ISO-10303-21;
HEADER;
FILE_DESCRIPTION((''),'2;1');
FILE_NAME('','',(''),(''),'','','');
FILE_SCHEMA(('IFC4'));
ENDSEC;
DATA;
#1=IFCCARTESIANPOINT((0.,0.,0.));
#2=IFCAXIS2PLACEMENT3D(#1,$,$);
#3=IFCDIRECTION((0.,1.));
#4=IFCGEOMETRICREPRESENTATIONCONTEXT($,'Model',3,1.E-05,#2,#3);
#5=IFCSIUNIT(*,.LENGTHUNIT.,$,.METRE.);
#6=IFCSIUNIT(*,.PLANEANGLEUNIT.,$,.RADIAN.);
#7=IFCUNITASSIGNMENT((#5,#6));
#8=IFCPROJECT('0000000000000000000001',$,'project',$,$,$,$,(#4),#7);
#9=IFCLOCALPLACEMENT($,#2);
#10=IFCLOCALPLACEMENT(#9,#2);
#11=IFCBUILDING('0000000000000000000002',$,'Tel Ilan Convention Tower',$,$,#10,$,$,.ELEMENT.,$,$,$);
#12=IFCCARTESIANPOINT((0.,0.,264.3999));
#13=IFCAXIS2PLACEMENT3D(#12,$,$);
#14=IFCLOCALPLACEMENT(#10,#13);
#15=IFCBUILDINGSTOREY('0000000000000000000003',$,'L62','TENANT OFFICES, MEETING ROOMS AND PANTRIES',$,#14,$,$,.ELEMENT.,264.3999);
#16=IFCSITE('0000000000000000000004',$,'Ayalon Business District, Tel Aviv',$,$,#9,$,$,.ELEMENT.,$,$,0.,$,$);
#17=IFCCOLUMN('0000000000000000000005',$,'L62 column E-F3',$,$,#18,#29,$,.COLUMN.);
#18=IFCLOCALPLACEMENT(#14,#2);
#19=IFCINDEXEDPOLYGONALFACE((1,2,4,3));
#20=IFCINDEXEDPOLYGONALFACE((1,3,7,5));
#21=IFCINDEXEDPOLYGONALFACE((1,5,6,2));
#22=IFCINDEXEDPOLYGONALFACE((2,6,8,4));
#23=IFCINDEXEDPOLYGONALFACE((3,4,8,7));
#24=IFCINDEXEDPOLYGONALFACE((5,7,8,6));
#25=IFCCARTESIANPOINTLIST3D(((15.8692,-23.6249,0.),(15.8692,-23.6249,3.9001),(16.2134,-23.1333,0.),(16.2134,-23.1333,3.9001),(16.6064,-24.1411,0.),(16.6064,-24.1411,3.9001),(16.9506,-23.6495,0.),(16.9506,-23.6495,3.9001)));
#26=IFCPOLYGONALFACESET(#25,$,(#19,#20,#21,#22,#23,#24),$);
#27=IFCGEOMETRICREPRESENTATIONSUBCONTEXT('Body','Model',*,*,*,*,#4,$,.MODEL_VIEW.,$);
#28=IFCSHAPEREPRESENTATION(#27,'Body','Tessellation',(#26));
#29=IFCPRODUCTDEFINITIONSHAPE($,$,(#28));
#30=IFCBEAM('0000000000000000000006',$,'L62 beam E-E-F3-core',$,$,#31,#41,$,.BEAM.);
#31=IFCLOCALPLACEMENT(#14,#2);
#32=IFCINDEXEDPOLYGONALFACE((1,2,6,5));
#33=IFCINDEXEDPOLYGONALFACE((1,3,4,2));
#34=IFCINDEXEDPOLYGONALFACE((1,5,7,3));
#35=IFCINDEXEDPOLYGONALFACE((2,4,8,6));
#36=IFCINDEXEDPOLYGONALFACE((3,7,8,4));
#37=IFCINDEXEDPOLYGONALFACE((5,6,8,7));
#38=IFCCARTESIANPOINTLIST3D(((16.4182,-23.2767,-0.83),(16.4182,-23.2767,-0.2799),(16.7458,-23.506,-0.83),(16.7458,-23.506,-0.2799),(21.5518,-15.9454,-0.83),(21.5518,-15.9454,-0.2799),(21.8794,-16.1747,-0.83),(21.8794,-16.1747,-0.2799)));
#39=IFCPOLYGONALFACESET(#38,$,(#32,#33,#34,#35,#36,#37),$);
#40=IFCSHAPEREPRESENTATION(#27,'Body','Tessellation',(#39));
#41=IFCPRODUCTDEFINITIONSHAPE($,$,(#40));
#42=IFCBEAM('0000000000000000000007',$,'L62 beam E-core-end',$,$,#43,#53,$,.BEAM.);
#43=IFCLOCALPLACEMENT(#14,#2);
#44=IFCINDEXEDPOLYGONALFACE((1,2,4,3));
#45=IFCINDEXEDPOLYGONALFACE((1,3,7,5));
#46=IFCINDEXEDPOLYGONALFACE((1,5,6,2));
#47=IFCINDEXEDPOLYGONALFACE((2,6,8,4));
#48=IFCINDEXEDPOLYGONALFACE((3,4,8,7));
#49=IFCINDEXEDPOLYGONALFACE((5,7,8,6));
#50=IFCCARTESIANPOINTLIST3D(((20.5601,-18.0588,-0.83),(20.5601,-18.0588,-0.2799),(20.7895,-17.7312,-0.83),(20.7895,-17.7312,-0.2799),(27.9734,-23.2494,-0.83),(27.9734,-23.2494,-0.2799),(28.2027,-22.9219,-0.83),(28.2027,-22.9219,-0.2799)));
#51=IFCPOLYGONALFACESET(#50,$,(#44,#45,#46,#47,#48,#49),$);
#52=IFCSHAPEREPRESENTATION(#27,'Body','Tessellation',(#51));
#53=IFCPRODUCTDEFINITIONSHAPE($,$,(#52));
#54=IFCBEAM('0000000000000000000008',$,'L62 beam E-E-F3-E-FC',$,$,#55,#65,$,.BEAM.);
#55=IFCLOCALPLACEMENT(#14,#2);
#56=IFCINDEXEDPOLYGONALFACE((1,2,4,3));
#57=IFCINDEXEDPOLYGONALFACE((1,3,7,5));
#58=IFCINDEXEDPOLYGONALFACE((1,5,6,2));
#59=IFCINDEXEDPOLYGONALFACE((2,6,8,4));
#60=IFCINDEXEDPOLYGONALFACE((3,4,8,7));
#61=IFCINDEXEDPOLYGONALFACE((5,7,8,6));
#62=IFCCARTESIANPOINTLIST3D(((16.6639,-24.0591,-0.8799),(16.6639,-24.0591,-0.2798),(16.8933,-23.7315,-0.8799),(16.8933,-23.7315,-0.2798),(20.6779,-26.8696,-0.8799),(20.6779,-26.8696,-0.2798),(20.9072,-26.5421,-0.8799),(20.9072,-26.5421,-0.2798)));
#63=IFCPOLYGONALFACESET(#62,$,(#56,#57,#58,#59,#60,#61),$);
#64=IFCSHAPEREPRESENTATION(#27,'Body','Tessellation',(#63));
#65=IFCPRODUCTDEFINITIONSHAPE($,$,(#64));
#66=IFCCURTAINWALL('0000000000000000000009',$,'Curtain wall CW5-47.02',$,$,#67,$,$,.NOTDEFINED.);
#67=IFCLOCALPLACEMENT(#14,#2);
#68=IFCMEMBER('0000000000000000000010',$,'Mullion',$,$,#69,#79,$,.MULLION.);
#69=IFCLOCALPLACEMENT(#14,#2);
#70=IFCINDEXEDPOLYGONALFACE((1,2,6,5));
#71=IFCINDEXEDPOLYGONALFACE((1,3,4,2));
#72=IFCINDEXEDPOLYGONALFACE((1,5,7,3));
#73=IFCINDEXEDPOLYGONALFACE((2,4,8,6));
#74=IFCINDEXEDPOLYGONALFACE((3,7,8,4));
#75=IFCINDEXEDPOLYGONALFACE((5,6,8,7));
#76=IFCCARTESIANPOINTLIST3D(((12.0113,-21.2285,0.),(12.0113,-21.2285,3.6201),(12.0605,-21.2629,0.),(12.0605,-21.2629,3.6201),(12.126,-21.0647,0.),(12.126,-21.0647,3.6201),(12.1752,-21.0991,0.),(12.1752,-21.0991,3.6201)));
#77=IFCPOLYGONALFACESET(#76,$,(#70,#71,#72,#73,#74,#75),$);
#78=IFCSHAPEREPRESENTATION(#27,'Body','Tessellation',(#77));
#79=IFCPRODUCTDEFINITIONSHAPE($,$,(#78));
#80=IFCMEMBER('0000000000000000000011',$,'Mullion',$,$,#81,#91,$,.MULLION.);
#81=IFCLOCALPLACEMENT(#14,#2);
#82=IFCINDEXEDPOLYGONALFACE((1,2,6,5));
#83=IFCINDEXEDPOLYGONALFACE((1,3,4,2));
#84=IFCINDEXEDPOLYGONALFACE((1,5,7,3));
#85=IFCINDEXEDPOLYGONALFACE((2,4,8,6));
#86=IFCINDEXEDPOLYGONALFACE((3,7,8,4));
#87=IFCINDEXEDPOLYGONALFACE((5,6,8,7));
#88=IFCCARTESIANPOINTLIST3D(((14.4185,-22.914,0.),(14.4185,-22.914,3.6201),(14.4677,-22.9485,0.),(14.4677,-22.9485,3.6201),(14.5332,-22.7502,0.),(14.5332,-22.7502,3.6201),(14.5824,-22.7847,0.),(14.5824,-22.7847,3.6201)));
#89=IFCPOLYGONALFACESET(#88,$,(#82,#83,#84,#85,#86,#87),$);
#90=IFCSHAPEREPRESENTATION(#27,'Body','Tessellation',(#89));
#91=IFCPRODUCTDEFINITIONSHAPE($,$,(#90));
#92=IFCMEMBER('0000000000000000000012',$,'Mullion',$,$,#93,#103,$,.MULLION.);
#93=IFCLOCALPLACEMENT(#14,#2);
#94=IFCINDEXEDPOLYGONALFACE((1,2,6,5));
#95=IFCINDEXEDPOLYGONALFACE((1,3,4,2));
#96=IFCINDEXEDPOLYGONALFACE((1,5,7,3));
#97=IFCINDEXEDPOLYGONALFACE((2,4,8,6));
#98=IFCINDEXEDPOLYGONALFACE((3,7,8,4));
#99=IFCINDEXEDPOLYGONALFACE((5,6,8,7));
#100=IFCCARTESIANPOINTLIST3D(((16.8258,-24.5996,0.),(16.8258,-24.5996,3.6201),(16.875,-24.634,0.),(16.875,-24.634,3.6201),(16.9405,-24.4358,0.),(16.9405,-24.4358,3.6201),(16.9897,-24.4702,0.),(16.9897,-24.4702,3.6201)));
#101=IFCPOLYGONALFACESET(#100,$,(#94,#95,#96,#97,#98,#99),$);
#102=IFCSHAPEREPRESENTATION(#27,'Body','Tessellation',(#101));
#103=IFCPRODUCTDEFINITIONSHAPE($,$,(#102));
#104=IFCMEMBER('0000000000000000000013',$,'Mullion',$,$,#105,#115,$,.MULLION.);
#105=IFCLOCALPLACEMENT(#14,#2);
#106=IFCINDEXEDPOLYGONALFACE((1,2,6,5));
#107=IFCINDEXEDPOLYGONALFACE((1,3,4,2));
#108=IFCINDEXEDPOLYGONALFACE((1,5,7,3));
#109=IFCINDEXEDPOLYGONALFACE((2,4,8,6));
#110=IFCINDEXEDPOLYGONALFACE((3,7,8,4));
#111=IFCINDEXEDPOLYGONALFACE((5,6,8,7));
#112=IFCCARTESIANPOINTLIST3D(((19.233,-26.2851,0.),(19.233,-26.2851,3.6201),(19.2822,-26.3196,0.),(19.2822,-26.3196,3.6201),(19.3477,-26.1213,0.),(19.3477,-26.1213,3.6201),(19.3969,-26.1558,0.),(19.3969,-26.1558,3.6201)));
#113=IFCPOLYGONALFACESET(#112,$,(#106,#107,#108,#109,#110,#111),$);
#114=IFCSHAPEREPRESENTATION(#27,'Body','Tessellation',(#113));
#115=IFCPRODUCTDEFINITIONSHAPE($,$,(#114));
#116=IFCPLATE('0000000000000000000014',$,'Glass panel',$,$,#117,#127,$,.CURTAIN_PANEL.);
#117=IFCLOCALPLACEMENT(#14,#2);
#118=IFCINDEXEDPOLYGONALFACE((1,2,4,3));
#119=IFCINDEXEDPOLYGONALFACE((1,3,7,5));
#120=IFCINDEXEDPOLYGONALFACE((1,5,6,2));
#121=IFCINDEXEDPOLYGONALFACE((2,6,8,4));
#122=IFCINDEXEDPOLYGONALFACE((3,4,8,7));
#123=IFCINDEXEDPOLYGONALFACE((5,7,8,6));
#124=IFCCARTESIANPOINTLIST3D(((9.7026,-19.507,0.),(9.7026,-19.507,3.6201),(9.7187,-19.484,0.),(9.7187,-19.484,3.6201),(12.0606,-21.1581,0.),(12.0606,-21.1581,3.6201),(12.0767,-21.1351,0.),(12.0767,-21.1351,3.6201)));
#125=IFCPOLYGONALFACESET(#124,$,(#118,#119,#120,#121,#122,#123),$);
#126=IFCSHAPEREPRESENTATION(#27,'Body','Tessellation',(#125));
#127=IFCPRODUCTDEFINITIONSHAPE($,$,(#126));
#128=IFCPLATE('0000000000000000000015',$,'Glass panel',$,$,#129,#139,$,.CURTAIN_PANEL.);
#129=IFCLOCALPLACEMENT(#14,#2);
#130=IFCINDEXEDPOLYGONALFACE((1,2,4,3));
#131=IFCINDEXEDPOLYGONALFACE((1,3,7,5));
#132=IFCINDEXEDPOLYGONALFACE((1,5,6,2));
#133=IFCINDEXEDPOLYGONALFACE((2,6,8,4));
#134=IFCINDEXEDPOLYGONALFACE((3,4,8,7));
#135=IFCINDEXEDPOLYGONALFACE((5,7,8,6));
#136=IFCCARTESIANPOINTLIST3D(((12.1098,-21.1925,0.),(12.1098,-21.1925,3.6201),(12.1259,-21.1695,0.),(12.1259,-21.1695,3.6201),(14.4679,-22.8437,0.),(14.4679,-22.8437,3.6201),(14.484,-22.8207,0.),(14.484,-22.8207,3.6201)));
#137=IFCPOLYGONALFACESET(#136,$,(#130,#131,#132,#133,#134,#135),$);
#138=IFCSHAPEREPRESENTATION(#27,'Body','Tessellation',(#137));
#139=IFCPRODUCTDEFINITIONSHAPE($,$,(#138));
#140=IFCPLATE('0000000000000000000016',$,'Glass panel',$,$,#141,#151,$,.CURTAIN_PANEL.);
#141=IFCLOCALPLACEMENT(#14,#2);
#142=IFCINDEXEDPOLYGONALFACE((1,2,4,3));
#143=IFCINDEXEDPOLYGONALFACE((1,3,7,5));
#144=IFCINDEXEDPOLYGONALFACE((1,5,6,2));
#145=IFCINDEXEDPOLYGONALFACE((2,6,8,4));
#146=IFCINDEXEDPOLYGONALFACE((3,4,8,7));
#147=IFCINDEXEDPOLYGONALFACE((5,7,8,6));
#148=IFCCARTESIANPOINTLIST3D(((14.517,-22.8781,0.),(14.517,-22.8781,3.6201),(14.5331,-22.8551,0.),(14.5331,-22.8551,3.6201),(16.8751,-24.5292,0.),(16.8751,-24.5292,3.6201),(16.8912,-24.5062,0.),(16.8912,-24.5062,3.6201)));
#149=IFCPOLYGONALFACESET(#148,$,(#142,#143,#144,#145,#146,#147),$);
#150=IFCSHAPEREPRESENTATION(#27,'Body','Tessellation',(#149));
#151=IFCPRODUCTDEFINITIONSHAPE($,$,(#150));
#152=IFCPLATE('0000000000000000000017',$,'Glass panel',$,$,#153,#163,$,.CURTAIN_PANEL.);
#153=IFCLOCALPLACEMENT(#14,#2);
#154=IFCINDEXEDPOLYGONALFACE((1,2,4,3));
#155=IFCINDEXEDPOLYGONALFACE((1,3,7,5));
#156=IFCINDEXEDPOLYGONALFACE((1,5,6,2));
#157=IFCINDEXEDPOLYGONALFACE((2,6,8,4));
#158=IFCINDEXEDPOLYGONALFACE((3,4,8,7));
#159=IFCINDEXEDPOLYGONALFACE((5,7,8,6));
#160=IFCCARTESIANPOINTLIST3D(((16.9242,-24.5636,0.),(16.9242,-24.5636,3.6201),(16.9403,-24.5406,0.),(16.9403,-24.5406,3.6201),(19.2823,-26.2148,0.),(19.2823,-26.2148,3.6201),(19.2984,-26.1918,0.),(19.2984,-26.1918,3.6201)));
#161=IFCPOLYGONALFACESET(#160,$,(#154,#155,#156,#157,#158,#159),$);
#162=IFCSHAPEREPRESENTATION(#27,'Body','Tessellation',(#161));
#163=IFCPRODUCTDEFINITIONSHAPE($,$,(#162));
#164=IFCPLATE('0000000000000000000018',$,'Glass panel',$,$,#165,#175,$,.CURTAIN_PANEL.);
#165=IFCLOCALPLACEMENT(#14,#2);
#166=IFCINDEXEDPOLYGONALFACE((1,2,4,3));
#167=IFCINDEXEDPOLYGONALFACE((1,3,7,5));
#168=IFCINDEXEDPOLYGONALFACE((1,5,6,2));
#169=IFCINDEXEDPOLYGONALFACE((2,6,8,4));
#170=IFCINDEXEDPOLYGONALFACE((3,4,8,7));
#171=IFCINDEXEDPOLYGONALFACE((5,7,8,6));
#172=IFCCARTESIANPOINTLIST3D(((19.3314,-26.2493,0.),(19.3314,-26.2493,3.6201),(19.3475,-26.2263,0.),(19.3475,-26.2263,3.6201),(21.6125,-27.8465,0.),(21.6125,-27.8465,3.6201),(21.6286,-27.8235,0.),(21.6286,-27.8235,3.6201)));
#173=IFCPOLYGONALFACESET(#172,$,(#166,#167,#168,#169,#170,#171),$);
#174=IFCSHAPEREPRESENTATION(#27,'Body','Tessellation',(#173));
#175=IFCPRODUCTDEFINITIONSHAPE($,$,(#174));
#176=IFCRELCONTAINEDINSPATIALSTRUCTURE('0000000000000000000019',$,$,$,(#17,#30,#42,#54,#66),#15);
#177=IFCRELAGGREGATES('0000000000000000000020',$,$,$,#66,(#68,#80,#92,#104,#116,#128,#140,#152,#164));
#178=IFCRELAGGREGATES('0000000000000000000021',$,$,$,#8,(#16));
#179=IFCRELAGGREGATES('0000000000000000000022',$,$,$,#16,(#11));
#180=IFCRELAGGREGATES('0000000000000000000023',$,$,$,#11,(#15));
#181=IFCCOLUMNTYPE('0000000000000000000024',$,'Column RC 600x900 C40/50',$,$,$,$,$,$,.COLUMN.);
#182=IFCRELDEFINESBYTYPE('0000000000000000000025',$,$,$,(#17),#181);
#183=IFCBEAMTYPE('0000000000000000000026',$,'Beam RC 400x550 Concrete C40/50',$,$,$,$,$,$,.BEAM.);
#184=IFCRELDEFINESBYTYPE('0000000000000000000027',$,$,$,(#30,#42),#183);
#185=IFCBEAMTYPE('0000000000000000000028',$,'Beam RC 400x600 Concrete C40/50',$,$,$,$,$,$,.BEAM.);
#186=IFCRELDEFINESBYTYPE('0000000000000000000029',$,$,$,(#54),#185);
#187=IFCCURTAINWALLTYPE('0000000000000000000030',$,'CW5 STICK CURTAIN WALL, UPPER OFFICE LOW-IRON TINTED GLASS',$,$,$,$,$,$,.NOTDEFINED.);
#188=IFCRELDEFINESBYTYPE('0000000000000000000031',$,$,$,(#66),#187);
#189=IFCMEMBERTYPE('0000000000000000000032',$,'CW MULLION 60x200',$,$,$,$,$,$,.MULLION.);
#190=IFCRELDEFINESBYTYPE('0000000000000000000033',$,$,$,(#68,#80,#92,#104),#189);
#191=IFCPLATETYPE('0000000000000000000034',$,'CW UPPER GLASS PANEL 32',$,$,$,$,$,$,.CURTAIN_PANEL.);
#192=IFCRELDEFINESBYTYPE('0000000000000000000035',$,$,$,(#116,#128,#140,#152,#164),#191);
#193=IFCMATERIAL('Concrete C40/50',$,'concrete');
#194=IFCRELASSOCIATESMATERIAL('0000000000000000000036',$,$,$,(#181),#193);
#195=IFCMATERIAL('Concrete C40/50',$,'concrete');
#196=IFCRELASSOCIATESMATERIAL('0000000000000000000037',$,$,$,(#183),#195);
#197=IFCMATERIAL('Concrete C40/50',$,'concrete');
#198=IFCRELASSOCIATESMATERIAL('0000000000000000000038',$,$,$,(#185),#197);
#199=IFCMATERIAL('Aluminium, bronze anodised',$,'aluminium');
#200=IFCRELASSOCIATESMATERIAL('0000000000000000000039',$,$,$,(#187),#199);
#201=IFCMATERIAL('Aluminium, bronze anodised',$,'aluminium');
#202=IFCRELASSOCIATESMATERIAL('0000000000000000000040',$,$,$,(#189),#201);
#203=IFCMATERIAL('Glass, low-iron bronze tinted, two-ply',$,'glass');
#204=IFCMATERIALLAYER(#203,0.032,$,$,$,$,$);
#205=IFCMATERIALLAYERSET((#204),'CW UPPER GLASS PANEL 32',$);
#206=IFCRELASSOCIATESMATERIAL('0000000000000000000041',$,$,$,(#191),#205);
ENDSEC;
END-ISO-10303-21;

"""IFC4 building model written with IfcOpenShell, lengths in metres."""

from ifc_helpers import new_model, si_unit, direction, frame, origin, origin_2d, place, context, subcontext, project, spatial, rectangle, extrude, material, layer, layer_set, material_profile, profile_set, type_object, element, aggregate, save


model = new_model("IFC4")

# Units and contexts
model_context = context("Model", 3, precision=1e-05, world=origin(), true_north=direction((0.0, 1.0)))
body_context = subcontext(model_context, "Body", "Model", "MODEL_VIEW")
ifc_project = project(units=[si_unit("LENGTHUNIT", "METRE"), si_unit("PLANEANGLEUNIT", "RADIAN")], contexts=[model_context])

# Site, building, storey
site_placement = place(None, origin())
site = spatial("IfcSite", under=ifc_project, at=site_placement, Name="Ayalon Business District, Tel Aviv", CompositionType="ELEMENT", RefElevation=0.0)
building_placement = place(site_placement, origin())
building = spatial("IfcBuilding", under=site, at=building_placement, Name="Tel Ilan Convention Tower", CompositionType="ELEMENT")
storey_placement = place(building_placement, frame((0.0, 0.0, 264.3999)))
storey = spatial("IfcBuildingStorey", under=building, at=storey_placement, Name="L62", Description="TENANT OFFICES, MEETING ROOMS AND PANTRIES", CompositionType="ELEMENT", Elevation=264.3999)

# Column
ifc_material_1 = material(Name="Concrete C40/50", Category="concrete")
ifc_material_profile_1 = material_profile(ifc_material_1, rectangle(XDim=0.8999, YDim=0.6001, at=origin_2d()), Name="RC 600x900")
ifc_profile_set_1 = profile_set([ifc_material_profile_1], Name="Concrete C40/50")
column_type = type_object("IfcColumnType", Name="Column RC 600x900 C40/50", PredefinedType="COLUMN", material=ifc_profile_set_1)
column_placement = place(storey_placement, frame((16.4099, -23.6372, 0.0), z_axis=(0.0, 0.0, 1.0), x_axis=(0.819152, -0.573576, 0.0)))
element("IfcColumn", 1, at=column_placement, inside=storey, type_object=column_type, Name="L62 column E-F3", PredefinedType="COLUMN", context=body_context, shape_type="SweptSolid", body=[
    extrude(rectangle(XDim=0.8999, YDim=0.6001, at=origin_2d()), origin(), (0.0, 0.0, 1.0), 3.9001),
])

# Beams
ifc_material_2 = material(Name="Concrete C40/50", Category="concrete")
ifc_material_profile_2 = material_profile(ifc_material_2, rectangle(XDim=0.3999, YDim=0.55, at=origin_2d()), Name="RC 400x550")
ifc_profile_set_2 = profile_set([ifc_material_profile_2], Name="Concrete C40/50")
beam_type_1 = type_object("IfcBeamType", Name="Beam RC 400x550 Concrete C40/50", PredefinedType="BEAM", material=ifc_profile_set_2)
beam_1_placement = place(storey_placement, frame((16.582, -23.3914, -0.5549), z_axis=(0.573585, 0.819146, 0.0), x_axis=(-0.819146, 0.573585, 0.0)))
element("IfcBeam", 2, at=beam_1_placement, inside=storey, type_object=beam_type_1, Name="L62 beam E-E-F3-core", PredefinedType="BEAM", context=body_context, shape_type="SweptSolid", body=[
    extrude(rectangle(XDim=0.3999, YDim=0.55, at=origin_2d()), origin(), (0.0, 0.0, 1.0), 8.95),
])
beam_2_placement = place(storey_placement, frame((20.6748, -17.895, -0.5549), z_axis=(0.819162, -0.573562, 0.0), x_axis=(0.573562, 0.819162, 0.0)))
element("IfcBeam", 3, at=beam_2_placement, inside=storey, type_object=beam_type_1, Name="L62 beam E-core-end", PredefinedType="BEAM", context=body_context, shape_type="SweptSolid", body=[
    extrude(rectangle(XDim=0.3999, YDim=0.55, at=origin_2d()), origin(), (0.0, 0.0, 1.0), 9.0498),
])
ifc_material_3 = material(Name="Concrete C40/50", Category="concrete")
ifc_material_profile_3 = material_profile(ifc_material_3, rectangle(XDim=0.3999, YDim=0.6001, at=origin_2d()), Name="RC 400x600")
ifc_profile_set_3 = profile_set([ifc_material_profile_3], Name="Concrete C40/50")
beam_type_2 = type_object("IfcBeamType", Name="Beam RC 400x600 Concrete C40/50", PredefinedType="BEAM", material=ifc_profile_set_3)
beam_3_placement = place(storey_placement, frame((16.7786, -23.8953, -0.5798), z_axis=(0.819155, -0.573573, 0.0), x_axis=(0.573573, 0.819155, 0.0)))
element("IfcBeam", 4, at=beam_3_placement, inside=storey, type_object=beam_type_2, Name="L62 beam E-E-F3-E-FC", PredefinedType="BEAM", context=body_context, shape_type="SweptSolid", body=[
    extrude(rectangle(XDim=0.3999, YDim=0.6001, at=origin_2d()), origin(), (0.0, 0.0, 1.0), 4.9001),
])

# Curtain wall, members, plates
ifc_material_4 = material(Name="Aluminium, bronze anodised", Category="aluminium")
curtain_wall_type = type_object("IfcCurtainWallType", Name="CW5 STICK CURTAIN WALL, UPPER OFFICE LOW-IRON TINTED GLASS", PredefinedType="NOTDEFINED", material=ifc_material_4)
curtain_wall_placement = place(storey_placement, origin())
curtain_wall = element("IfcCurtainWall", 5, at=curtain_wall_placement, inside=storey, type_object=curtain_wall_type, Name="Curtain wall CW5-47.02", PredefinedType="NOTDEFINED")
ifc_material_5 = material(Name="Aluminium, bronze anodised", Category="aluminium")
ifc_material_profile_4 = material_profile(ifc_material_5, rectangle(XDim=0.0601, YDim=0.2, at=origin_2d()), Name="CW MULLION 60x200")
ifc_profile_set_4 = profile_set([ifc_material_profile_4], Name="Aluminium, bronze anodised")
member_type = type_object("IfcMemberType", Name="CW MULLION 60x200", PredefinedType="MULLION", material=ifc_profile_set_4)
member_1_placement = place(storey_placement, frame((12.0933, -21.1638, 0.0), z_axis=(0.0, 0.0, 1.0), x_axis=(0.819152, -0.573576, 0.0)))
member_1 = element("IfcMember", 6, at=member_1_placement, type_object=member_type, Name="Mullion", PredefinedType="MULLION", context=body_context, shape_type="SweptSolid", body=[
    extrude(rectangle(XDim=0.0601, YDim=0.2, at=origin_2d()), origin(), (0.0, 0.0, 1.0), 3.6201),
])
member_2_placement = place(storey_placement, frame((14.5005, -22.8494, 0.0), z_axis=(0.0, 0.0, 1.0), x_axis=(0.819152, -0.573576, 0.0)))
member_2 = element("IfcMember", 7, at=member_2_placement, type_object=member_type, Name="Mullion", PredefinedType="MULLION", context=body_context, shape_type="SweptSolid", body=[
    extrude(rectangle(XDim=0.0601, YDim=0.2, at=origin_2d()), origin(), (0.0, 0.0, 1.0), 3.6201),
])
member_3_placement = place(storey_placement, frame((16.9077, -24.5349, 0.0), z_axis=(0.0, 0.0, 1.0), x_axis=(0.819152, -0.573576, 0.0)))
member_3 = element("IfcMember", 8, at=member_3_placement, type_object=member_type, Name="Mullion", PredefinedType="MULLION", context=body_context, shape_type="SweptSolid", body=[
    extrude(rectangle(XDim=0.0601, YDim=0.2, at=origin_2d()), origin(), (0.0, 0.0, 1.0), 3.6201),
])
member_4_placement = place(storey_placement, frame((19.3149, -26.2205, 0.0), z_axis=(0.0, 0.0, 1.0), x_axis=(0.819152, -0.573576, 0.0)))
member_4 = element("IfcMember", 9, at=member_4_placement, type_object=member_type, Name="Mullion", PredefinedType="MULLION", context=body_context, shape_type="SweptSolid", body=[
    extrude(rectangle(XDim=0.0601, YDim=0.2, at=origin_2d()), origin(), (0.0, 0.0, 1.0), 3.6201),
])
ifc_material_6 = material(Name="Glass, low-iron bronze tinted, two-ply", Category="glass")
ifc_layer_1 = layer(ifc_material_6, 0.032)
ifc_layer_set_1 = layer_set([ifc_layer_1], Name="CW UPPER GLASS PANEL 32")
plate_type = type_object("IfcPlateType", Name="CW UPPER GLASS PANEL 32", PredefinedType="CURTAIN_PANEL", material=ifc_layer_set_1)
plate_1_placement = place(storey_placement, frame((10.8896, -20.321, 0.0), z_axis=(0.0, 0.0, 1.0), x_axis=(0.819152, -0.573576, 0.0)))
plate_1 = element("IfcPlate", 10, at=plate_1_placement, type_object=plate_type, Name="Glass panel", PredefinedType="CURTAIN_PANEL", context=body_context, shape_type="SweptSolid", body=[
    extrude(rectangle(XDim=2.8787, YDim=0.0281, at=origin_2d()), origin(), (0.0, 0.0, 1.0), 3.6201),
])
plate_2_placement = place(storey_placement, frame((13.2969, -22.0066, 0.0), z_axis=(0.0, 0.0, 1.0), x_axis=(0.819152, -0.573576, 0.0)))
plate_2 = element("IfcPlate", 11, at=plate_2_placement, type_object=plate_type, Name="Glass panel", PredefinedType="CURTAIN_PANEL", context=body_context, shape_type="SweptSolid", body=[
    extrude(rectangle(XDim=2.8787, YDim=0.0281, at=origin_2d()), origin(), (0.0, 0.0, 1.0), 3.6201),
])
plate_3_placement = place(storey_placement, frame((15.7041, -23.6921, 0.0), z_axis=(0.0, 0.0, 1.0), x_axis=(0.819152, -0.573576, 0.0)))
plate_3 = element("IfcPlate", 12, at=plate_3_placement, type_object=plate_type, Name="Glass panel", PredefinedType="CURTAIN_PANEL", context=body_context, shape_type="SweptSolid", body=[
    extrude(rectangle(XDim=2.8787, YDim=0.0281, at=origin_2d()), origin(), (0.0, 0.0, 1.0), 3.6201),
])
plate_4_placement = place(storey_placement, frame((18.1113, -25.3777, 0.0), z_axis=(0.0, 0.0, 1.0), x_axis=(0.819152, -0.573576, 0.0)))
plate_4 = element("IfcPlate", 13, at=plate_4_placement, type_object=plate_type, Name="Glass panel", PredefinedType="CURTAIN_PANEL", context=body_context, shape_type="SweptSolid", body=[
    extrude(rectangle(XDim=2.8787, YDim=0.0281, at=origin_2d()), origin(), (0.0, 0.0, 1.0), 3.6201),
])
plate_5_placement = place(storey_placement, frame((20.48, -27.0364, 0.0), z_axis=(0.0, 0.0, 1.0), x_axis=(0.819152, -0.573576, 0.0)))
plate_5 = element("IfcPlate", 14, at=plate_5_placement, type_object=plate_type, Name="Glass panel", PredefinedType="CURTAIN_PANEL", context=body_context, shape_type="SweptSolid", body=[
    extrude(rectangle(XDim=2.7847, YDim=0.0281, at=origin_2d()), origin(), (0.0, 0.0, 1.0), 3.6201),
])
aggregate(curtain_wall, [member_1, member_2, member_3, member_4, plate_1, plate_2, plate_3, plate_4, plate_5])

save(model, "model.ifc")
